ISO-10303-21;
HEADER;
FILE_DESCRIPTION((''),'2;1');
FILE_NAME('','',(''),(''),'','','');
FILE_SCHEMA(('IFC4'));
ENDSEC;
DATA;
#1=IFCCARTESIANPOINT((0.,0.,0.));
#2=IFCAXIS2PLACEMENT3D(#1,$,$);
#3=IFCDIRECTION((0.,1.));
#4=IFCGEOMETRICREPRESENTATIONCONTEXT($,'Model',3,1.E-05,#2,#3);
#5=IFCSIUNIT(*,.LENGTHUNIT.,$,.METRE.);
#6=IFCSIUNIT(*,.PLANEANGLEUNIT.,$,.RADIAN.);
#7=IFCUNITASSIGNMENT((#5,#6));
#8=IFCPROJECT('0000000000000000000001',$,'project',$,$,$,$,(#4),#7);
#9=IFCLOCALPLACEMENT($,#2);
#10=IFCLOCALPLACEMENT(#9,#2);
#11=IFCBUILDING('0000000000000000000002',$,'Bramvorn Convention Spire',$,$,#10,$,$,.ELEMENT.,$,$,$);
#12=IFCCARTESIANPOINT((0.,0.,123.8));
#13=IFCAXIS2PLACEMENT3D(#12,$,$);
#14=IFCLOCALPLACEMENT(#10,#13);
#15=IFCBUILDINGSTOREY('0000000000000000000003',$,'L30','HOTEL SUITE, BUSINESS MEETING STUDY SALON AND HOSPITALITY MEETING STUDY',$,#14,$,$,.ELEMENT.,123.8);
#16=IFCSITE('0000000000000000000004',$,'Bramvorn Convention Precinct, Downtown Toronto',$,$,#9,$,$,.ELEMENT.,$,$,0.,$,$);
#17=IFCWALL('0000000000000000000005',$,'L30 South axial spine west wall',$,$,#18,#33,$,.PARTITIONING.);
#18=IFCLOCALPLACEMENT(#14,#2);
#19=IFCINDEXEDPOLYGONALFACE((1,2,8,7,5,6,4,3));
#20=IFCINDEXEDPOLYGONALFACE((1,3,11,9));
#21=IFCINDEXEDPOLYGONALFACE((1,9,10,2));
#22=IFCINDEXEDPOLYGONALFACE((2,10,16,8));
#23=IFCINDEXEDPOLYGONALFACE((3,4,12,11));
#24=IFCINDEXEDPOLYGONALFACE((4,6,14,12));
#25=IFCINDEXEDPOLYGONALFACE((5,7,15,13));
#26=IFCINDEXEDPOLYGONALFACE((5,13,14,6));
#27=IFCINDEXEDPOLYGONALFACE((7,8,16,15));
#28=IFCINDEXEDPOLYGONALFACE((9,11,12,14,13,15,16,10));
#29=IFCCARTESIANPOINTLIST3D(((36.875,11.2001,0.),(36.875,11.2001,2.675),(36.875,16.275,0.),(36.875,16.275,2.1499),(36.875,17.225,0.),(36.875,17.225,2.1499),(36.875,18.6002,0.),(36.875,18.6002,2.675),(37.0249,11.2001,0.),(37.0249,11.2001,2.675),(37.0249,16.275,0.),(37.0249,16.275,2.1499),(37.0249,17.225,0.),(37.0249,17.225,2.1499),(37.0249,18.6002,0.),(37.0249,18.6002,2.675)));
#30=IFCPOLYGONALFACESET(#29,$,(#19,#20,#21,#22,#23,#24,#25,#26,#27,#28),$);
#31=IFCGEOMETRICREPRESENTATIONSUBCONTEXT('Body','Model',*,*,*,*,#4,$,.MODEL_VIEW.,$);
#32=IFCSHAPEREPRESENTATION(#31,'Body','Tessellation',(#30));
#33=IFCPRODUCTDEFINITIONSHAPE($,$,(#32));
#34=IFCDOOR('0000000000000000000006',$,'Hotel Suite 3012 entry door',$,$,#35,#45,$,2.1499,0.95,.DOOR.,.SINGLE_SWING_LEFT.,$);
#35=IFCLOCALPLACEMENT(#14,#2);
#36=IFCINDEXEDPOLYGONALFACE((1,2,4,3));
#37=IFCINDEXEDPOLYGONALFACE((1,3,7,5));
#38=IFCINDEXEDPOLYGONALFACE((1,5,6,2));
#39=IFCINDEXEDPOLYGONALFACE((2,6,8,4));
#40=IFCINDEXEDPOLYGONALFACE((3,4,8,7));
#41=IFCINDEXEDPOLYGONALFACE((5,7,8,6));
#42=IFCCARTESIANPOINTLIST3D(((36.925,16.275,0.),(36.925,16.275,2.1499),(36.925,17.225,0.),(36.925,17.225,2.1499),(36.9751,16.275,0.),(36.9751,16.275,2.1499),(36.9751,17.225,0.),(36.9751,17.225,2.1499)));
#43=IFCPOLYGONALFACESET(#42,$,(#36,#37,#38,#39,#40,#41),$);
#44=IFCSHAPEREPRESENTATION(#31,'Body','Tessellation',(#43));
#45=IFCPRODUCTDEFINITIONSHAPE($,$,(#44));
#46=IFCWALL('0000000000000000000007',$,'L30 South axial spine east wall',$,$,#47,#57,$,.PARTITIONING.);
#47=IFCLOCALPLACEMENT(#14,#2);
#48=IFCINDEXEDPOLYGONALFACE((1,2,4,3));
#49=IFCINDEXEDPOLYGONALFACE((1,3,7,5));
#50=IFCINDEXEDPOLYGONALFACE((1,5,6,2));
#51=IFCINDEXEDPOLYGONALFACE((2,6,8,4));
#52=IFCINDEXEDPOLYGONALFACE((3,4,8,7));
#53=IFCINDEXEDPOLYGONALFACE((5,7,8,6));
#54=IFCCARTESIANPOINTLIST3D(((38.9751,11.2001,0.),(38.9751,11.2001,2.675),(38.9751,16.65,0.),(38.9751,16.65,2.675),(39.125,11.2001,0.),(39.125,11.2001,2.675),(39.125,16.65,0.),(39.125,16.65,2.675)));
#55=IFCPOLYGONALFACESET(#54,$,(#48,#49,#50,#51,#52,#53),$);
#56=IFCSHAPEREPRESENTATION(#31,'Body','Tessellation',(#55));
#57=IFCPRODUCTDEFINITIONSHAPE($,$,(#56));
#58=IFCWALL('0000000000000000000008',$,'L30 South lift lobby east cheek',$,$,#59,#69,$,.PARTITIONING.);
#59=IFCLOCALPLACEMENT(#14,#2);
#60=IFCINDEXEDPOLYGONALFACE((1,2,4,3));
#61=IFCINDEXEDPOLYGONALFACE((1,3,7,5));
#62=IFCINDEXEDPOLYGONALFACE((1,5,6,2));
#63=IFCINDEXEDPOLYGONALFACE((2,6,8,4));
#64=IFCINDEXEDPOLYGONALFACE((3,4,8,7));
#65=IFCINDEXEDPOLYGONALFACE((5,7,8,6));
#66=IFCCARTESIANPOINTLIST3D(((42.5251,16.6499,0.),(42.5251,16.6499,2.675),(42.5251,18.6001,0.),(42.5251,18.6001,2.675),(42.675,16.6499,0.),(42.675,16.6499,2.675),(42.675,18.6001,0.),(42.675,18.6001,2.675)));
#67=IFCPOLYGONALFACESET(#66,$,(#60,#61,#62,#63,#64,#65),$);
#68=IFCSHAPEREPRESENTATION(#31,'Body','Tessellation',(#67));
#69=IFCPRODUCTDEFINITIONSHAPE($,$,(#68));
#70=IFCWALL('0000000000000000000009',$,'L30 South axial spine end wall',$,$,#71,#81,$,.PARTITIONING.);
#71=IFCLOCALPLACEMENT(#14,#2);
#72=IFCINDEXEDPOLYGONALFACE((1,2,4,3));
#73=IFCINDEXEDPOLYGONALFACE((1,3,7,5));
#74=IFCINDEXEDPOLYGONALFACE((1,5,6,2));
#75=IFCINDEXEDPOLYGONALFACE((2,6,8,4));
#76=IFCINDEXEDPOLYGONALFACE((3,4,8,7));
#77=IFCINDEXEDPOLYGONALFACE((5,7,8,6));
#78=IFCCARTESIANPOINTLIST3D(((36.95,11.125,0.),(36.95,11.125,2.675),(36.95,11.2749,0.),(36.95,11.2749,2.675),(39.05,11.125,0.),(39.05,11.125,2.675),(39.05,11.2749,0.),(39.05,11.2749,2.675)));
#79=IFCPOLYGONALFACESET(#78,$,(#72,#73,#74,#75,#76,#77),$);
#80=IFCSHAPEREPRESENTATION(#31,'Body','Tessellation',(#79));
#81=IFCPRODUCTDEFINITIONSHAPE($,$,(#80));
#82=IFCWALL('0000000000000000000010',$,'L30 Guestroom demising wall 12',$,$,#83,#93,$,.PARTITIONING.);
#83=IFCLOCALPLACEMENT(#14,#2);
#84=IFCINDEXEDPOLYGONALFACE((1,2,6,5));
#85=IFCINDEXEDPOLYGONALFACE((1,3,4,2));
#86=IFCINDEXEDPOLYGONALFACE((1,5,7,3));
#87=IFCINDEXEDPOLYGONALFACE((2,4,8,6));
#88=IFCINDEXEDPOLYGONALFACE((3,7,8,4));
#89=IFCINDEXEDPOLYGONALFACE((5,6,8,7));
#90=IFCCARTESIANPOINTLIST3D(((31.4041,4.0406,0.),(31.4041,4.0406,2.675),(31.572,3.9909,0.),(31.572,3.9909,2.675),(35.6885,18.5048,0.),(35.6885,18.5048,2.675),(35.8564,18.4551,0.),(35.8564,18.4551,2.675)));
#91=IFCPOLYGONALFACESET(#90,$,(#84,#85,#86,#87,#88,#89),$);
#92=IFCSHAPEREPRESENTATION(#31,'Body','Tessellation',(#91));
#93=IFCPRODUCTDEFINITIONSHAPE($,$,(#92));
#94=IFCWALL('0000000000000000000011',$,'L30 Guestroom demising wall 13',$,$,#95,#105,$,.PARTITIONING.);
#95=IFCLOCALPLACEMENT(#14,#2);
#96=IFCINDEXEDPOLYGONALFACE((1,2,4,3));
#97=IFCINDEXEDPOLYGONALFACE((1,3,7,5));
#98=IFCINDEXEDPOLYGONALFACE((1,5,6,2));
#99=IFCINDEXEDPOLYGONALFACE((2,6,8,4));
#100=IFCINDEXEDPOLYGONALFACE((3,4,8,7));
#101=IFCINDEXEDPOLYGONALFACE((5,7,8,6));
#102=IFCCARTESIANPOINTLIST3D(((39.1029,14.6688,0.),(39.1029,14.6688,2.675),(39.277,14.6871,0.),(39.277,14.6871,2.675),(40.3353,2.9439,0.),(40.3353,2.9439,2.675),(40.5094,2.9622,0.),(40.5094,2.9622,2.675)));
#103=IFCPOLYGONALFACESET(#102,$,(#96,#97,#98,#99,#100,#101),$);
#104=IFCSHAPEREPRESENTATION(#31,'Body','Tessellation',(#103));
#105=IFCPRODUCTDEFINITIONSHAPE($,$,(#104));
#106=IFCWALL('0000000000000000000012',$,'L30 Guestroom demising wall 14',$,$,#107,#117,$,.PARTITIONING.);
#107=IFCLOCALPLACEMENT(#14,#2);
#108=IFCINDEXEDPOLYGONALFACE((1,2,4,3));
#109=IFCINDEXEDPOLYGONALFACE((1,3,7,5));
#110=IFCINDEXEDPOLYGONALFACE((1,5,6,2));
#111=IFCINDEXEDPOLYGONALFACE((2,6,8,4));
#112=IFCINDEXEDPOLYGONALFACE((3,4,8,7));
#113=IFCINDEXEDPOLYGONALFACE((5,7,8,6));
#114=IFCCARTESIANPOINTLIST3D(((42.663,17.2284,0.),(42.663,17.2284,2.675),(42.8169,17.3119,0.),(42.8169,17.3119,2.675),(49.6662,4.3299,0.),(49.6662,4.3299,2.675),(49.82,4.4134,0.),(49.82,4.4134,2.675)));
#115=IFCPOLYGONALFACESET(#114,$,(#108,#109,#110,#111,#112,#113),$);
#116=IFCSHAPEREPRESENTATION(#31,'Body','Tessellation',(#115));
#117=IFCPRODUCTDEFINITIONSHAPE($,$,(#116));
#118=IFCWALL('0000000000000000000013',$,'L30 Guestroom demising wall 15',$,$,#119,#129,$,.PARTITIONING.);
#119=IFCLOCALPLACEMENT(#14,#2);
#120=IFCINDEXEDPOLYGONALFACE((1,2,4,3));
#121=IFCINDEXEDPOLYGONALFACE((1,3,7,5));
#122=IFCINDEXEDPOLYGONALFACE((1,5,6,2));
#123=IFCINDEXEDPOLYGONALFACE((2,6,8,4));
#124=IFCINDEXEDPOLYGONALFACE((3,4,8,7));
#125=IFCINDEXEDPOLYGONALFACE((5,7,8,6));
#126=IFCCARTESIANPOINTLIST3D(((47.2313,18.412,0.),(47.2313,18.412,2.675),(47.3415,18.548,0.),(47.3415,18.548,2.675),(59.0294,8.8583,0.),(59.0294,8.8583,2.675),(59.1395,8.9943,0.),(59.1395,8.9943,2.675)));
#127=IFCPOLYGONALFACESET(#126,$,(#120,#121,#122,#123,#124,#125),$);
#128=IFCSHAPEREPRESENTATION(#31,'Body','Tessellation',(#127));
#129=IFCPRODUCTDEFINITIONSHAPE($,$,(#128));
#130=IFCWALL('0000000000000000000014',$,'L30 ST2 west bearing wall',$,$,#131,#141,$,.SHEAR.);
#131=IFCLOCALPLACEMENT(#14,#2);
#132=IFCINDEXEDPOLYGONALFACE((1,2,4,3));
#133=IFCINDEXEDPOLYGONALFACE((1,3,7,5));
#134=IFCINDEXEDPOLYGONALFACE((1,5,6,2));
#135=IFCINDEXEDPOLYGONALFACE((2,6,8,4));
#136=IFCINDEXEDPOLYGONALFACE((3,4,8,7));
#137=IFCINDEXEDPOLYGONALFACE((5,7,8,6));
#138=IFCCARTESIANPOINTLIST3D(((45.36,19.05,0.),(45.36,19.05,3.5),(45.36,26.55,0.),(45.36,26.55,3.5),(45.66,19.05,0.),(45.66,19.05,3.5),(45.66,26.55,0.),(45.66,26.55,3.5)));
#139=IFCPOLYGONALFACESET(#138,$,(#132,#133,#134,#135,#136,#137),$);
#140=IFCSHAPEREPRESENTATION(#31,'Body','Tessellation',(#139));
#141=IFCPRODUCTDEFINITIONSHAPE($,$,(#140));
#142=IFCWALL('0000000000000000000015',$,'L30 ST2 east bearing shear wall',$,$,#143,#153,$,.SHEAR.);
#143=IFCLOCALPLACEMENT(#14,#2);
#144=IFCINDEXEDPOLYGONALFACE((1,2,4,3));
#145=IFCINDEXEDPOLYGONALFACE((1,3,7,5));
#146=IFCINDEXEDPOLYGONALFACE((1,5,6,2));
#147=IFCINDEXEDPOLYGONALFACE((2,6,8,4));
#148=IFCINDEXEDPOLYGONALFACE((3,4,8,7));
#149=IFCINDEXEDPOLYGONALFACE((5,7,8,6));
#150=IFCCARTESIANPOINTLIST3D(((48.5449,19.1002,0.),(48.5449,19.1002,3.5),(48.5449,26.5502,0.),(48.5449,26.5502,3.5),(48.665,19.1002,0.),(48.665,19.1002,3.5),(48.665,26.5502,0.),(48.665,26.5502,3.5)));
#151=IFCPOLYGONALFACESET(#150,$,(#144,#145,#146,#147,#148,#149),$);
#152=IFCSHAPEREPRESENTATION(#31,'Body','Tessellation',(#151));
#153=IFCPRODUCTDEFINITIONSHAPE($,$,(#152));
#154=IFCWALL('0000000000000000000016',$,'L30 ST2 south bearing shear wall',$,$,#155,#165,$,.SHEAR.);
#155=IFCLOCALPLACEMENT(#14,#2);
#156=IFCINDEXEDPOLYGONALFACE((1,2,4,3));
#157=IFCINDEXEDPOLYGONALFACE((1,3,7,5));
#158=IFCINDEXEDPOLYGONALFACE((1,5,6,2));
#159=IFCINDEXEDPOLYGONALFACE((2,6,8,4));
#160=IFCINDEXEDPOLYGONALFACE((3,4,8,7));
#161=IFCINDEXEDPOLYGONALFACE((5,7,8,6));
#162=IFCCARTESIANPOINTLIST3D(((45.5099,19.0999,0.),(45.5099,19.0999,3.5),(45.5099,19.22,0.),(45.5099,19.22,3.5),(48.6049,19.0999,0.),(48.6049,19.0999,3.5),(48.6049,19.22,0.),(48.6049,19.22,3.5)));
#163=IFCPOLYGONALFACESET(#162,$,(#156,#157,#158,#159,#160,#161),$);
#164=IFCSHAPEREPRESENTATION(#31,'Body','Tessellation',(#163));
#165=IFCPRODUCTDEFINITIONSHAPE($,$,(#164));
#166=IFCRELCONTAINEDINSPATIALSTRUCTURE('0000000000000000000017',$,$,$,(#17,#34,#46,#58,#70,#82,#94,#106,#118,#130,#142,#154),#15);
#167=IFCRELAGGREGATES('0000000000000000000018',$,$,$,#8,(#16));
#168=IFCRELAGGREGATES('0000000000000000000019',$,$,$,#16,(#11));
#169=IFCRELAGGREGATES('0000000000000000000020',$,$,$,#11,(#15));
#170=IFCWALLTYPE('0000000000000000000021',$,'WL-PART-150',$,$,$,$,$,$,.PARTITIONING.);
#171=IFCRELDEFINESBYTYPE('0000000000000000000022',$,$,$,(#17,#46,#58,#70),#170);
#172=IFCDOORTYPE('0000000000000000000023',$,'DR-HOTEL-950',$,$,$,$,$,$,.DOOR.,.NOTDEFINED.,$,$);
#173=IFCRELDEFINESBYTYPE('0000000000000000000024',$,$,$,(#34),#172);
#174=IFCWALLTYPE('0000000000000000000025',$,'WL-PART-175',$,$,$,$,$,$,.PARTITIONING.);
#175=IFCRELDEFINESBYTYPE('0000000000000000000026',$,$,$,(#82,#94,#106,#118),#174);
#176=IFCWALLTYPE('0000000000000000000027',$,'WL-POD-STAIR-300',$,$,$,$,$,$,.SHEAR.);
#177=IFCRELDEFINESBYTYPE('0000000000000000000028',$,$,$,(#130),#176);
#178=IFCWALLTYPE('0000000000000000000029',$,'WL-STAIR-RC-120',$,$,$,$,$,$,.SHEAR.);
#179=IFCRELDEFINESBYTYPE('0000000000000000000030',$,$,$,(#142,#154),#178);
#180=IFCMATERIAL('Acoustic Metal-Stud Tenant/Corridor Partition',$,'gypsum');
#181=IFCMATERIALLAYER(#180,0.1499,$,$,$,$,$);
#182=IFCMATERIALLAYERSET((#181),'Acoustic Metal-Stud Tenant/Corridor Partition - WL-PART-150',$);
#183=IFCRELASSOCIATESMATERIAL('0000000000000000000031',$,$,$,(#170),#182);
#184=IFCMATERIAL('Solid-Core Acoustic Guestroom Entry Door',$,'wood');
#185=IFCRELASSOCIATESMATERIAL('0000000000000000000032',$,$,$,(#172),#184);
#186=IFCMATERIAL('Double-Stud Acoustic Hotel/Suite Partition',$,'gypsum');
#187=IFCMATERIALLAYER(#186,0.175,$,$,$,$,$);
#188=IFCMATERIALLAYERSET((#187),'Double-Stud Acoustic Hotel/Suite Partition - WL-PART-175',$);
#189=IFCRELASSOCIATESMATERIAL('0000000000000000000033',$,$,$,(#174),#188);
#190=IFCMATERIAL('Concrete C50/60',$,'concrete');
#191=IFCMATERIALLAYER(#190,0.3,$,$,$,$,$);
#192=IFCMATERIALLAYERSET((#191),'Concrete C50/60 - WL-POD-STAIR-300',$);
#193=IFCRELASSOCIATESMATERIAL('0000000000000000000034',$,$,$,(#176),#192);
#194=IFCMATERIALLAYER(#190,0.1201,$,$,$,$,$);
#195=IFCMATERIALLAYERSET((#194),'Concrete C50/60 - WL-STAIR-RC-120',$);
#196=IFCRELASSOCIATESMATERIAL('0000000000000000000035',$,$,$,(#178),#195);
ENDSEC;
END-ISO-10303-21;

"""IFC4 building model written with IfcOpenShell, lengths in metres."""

from ifc_helpers import new_model, si_unit, direction, frame, frame_2d, origin, place, context, subcontext, project, spatial, rectangle, extrude, material, layer, layer_set, type_object, element, fill, save


model = new_model("IFC4")

# Units and contexts
model_context = context("Model", 3, precision=1e-05, world=origin(), true_north=direction((0.0, 1.0)))
body_context = subcontext(model_context, "Body", "Model", "MODEL_VIEW")
ifc_project = project(units=[si_unit("LENGTHUNIT", "METRE"), si_unit("PLANEANGLEUNIT", "RADIAN")], contexts=[model_context])

# Site, building, storey
site_placement = place(None, origin())
site = spatial("IfcSite", under=ifc_project, at=site_placement, Name="Bramvorn Convention Precinct, Downtown Toronto", CompositionType="ELEMENT", RefElevation=0.0)
building_placement = place(site_placement, origin())
building = spatial("IfcBuilding", under=site, at=building_placement, Name="Bramvorn Convention Spire", CompositionType="ELEMENT")
storey_placement = place(building_placement, frame((0.0, 0.0, 123.8)))
storey = spatial("IfcBuildingStorey", under=building, at=storey_placement, Name="L30", Description="HOTEL SUITE, BUSINESS MEETING STUDY SALON AND HOSPITALITY MEETING STUDY", CompositionType="ELEMENT", Elevation=123.8)

# Shared definitions
ifc_material_1 = material(Name="Concrete C50/60", Category="concrete")

# Wall, opening, door
ifc_material_2 = material(Name="Acoustic Metal-Stud Tenant/Corridor Partition", Category="gypsum")
ifc_layer_1 = layer(ifc_material_2, 0.1499)
ifc_layer_set_1 = layer_set([ifc_layer_1], Name="Acoustic Metal-Stud Tenant/Corridor Partition - WL-PART-150")
wall_type_1 = type_object("IfcWallType", Name="WL-PART-150", PredefinedType="PARTITIONING", material=ifc_layer_set_1)
wall_1_placement = place(storey_placement, frame((36.95, 11.2, 0.0), z_axis=(0.0, 0.0, 1.0), x_axis=(0.0, 1.0, 0.0)))
wall_1 = element("IfcWall", 1, at=wall_1_placement, inside=storey, type_object=wall_type_1, Name="L30 South axial spine west wall", PredefinedType="PARTITIONING", context=body_context, shape_type="SweptSolid", body=[
    extrude(rectangle(XDim=7.4001, YDim=0.1499, at=frame_2d((3.7002, 0.0))), origin(), (0.0, 0.0, 1.0), 2.675),
])
opening_1_placement = place(wall_1_placement, frame((5.075, 0.0, 0.0)))
opening_1 = element("IfcOpeningElement", 2, at=opening_1_placement, cuts=wall_1, PredefinedType="OPENING", context=body_context, shape_type="SweptSolid", body=[
    extrude(rectangle(XDim=0.95, YDim=2.1499, at=frame_2d((0.4751, 1.075))), frame((0.0, 0.085, 0.0), z_axis=(0.0, -1.0, 0.0), x_axis=(1.0, 0.0, 0.0)), (0.0, 0.0, 1.0), 0.1699),
])
ifc_material_3 = material(Name="Solid-Core Acoustic Guestroom Entry Door", Category="wood")
door_type_1 = type_object("IfcDoorType", Name="DR-HOTEL-950", OperationType="NOTDEFINED", PredefinedType="DOOR", material=ifc_material_3)
door_1_placement = place(opening_1_placement, origin())
door_1 = element("IfcDoor", 3, at=door_1_placement, inside=storey, type_object=door_type_1, Name="Hotel Suite 3012 entry door", OperationType="SINGLE_SWING_LEFT", OverallHeight=2.1499, OverallWidth=0.95, PredefinedType="DOOR", context=body_context, shape_type="SweptSolid", body=[
    extrude(rectangle(XDim=0.95, YDim=2.1499, at=frame_2d((0.4751, 1.075))), frame((0.0, 0.0249, 0.0), z_axis=(0.0, -1.0, 0.0), x_axis=(1.0, 0.0, 0.0)), (0.0, 0.0, 1.0), 0.05),
])
fill(opening_1, door_1)

# Wall
wall_2_placement = place(storey_placement, frame((39.05, 11.2, 0.0), z_axis=(0.0, 0.0, 1.0), x_axis=(0.0, 1.0, 0.0)))
element("IfcWall", 4, at=wall_2_placement, inside=storey, type_object=wall_type_1, Name="L30 South axial spine east wall", PredefinedType="PARTITIONING", context=body_context, shape_type="SweptSolid", body=[
    extrude(rectangle(XDim=5.45, YDim=0.1499, at=frame_2d((2.7251, 0.0))), origin(), (0.0, 0.0, 1.0), 2.675),
])

# Walls
wall_3_placement = place(storey_placement, frame((42.6001, 16.6499, 0.0), z_axis=(0.0, 0.0, 1.0), x_axis=(0.0, 1.0, 0.0)))
element("IfcWall", 5, at=wall_3_placement, inside=storey, type_object=wall_type_1, Name="L30 South lift lobby east cheek", PredefinedType="PARTITIONING", context=body_context, shape_type="SweptSolid", body=[
    extrude(rectangle(XDim=1.9502, YDim=0.1499, at=frame_2d((0.9751, 0.0))), origin(), (0.0, 0.0, 1.0), 2.675),
])
wall_4_placement = place(storey_placement, frame((36.95, 11.2, 0.0), z_axis=(0.0, 0.0, 1.0), x_axis=(1.0, 0.0, 0.0)))
element("IfcWall", 6, at=wall_4_placement, inside=storey, type_object=wall_type_1, Name="L30 South axial spine end wall", PredefinedType="PARTITIONING", context=body_context, shape_type="SweptSolid", body=[
    extrude(rectangle(XDim=2.1001, YDim=0.1499, at=frame_2d((1.05, 0.0))), origin(), (0.0, 0.0, 1.0), 2.675),
])
ifc_material_4 = material(Name="Double-Stud Acoustic Hotel/Suite Partition", Category="gypsum")
ifc_layer_2 = layer(ifc_material_4, 0.175)
ifc_layer_set_2 = layer_set([ifc_layer_2], Name="Double-Stud Acoustic Hotel/Suite Partition - WL-PART-175")
wall_type_2 = type_object("IfcWallType", Name="WL-PART-175", PredefinedType="PARTITIONING", material=ifc_layer_set_2)
wall_5_placement = place(storey_placement, frame((35.7725, 18.48, 0.0), z_axis=(0.0, 0.0, 1.0), x_axis=(-0.284008, -0.958822, 0.0)))
element("IfcWall", 7, at=wall_5_placement, inside=storey, type_object=wall_type_2, Name="L30 Guestroom demising wall 12", PredefinedType="PARTITIONING", context=body_context, shape_type="SweptSolid", body=[
    extrude(rectangle(XDim=15.0854, YDim=0.175, at=frame_2d((7.5427, 0.0))), origin(), (0.0, 0.0, 1.0), 2.675),
])
wall_6_placement = place(storey_placement, frame((39.1899, 14.678, 0.0), z_axis=(0.0, 0.0, 1.0), x_axis=(0.104536, -0.994521, 0.0)))
element("IfcWall", 8, at=wall_6_placement, inside=storey, type_object=wall_type_2, Name="L30 Guestroom demising wall 13", PredefinedType="PARTITIONING", context=body_context, shape_type="SweptSolid", body=[
    extrude(rectangle(XDim=11.7896, YDim=0.175, at=frame_2d((5.8948, 0.0))), origin(), (0.0, 0.0, 1.0), 2.675),
])
wall_7_placement = place(storey_placement, frame((42.74, 17.27, 0.0), z_axis=(0.0, 0.0, 1.0), x_axis=(0.477153, -0.87882, 0.0)))
element("IfcWall", 9, at=wall_7_placement, inside=storey, type_object=wall_type_2, Name="L30 Guestroom demising wall 14", PredefinedType="PARTITIONING", context=body_context, shape_type="SweptSolid", body=[
    extrude(rectangle(XDim=14.677, YDim=0.175, at=frame_2d((7.3384, 0.0))), origin(), (0.0, 0.0, 1.0), 2.675),
])
wall_8_placement = place(storey_placement, frame((47.2864, 18.48, 0.0), z_axis=(0.0, 0.0, 1.0), x_axis=(0.777152, -0.629312, 0.0)))
element("IfcWall", 10, at=wall_8_placement, inside=storey, type_object=wall_type_2, Name="L30 Guestroom demising wall 15", PredefinedType="PARTITIONING", context=body_context, shape_type="SweptSolid", body=[
    extrude(rectangle(XDim=15.1812, YDim=0.175, at=frame_2d((7.5906, 0.0))), origin(), (0.0, 0.0, 1.0), 2.675),
])
ifc_layer_3 = layer(ifc_material_1, 0.3)
ifc_layer_set_3 = layer_set([ifc_layer_3], Name="Concrete C50/60 - WL-POD-STAIR-300")
wall_type_3 = type_object("IfcWallType", Name="WL-POD-STAIR-300", PredefinedType="SHEAR", material=ifc_layer_set_3)
wall_9_placement = place(storey_placement, frame((45.51, 19.05, 0.0), z_axis=(0.0, 0.0, 1.0), x_axis=(0.0, 1.0, 0.0)))
element("IfcWall", 11, at=wall_9_placement, inside=storey, type_object=wall_type_3, Name="L30 ST2 west bearing wall", PredefinedType="SHEAR", context=body_context, shape_type="SweptSolid", body=[
    extrude(rectangle(XDim=7.5, YDim=0.3, at=frame_2d((3.75, 0.0))), origin(), (0.0, 0.0, 1.0), 3.5),
])
ifc_layer_4 = layer(ifc_material_1, 0.1201)
ifc_layer_set_4 = layer_set([ifc_layer_4], Name="Concrete C50/60 - WL-STAIR-RC-120")
wall_type_4 = type_object("IfcWallType", Name="WL-STAIR-RC-120", PredefinedType="SHEAR", material=ifc_layer_set_4)
wall_10_placement = place(storey_placement, frame((48.605, 19.1001, 0.0), z_axis=(0.0, 0.0, 1.0), x_axis=(0.0, 1.0, 0.0)))
element("IfcWall", 12, at=wall_10_placement, inside=storey, type_object=wall_type_4, Name="L30 ST2 east bearing shear wall", PredefinedType="SHEAR", context=body_context, shape_type="SweptSolid", body=[
    extrude(rectangle(XDim=7.45, YDim=0.1201, at=frame_2d((3.7251, 0.0))), origin(), (0.0, 0.0, 1.0), 3.5),
])
wall_11_placement = place(storey_placement, frame((45.51, 19.1599, 0.0), z_axis=(0.0, 0.0, 1.0), x_axis=(1.0, 0.0, 0.0)))
element("IfcWall", 13, at=wall_11_placement, inside=storey, type_object=wall_type_4, Name="L30 ST2 south bearing shear wall", PredefinedType="SHEAR", context=body_context, shape_type="SweptSolid", body=[
    extrude(rectangle(XDim=3.095, YDim=0.1201, at=frame_2d((1.5474, 0.0))), origin(), (0.0, 0.0, 1.0), 3.5),
])

save(model, "model.ifc")
